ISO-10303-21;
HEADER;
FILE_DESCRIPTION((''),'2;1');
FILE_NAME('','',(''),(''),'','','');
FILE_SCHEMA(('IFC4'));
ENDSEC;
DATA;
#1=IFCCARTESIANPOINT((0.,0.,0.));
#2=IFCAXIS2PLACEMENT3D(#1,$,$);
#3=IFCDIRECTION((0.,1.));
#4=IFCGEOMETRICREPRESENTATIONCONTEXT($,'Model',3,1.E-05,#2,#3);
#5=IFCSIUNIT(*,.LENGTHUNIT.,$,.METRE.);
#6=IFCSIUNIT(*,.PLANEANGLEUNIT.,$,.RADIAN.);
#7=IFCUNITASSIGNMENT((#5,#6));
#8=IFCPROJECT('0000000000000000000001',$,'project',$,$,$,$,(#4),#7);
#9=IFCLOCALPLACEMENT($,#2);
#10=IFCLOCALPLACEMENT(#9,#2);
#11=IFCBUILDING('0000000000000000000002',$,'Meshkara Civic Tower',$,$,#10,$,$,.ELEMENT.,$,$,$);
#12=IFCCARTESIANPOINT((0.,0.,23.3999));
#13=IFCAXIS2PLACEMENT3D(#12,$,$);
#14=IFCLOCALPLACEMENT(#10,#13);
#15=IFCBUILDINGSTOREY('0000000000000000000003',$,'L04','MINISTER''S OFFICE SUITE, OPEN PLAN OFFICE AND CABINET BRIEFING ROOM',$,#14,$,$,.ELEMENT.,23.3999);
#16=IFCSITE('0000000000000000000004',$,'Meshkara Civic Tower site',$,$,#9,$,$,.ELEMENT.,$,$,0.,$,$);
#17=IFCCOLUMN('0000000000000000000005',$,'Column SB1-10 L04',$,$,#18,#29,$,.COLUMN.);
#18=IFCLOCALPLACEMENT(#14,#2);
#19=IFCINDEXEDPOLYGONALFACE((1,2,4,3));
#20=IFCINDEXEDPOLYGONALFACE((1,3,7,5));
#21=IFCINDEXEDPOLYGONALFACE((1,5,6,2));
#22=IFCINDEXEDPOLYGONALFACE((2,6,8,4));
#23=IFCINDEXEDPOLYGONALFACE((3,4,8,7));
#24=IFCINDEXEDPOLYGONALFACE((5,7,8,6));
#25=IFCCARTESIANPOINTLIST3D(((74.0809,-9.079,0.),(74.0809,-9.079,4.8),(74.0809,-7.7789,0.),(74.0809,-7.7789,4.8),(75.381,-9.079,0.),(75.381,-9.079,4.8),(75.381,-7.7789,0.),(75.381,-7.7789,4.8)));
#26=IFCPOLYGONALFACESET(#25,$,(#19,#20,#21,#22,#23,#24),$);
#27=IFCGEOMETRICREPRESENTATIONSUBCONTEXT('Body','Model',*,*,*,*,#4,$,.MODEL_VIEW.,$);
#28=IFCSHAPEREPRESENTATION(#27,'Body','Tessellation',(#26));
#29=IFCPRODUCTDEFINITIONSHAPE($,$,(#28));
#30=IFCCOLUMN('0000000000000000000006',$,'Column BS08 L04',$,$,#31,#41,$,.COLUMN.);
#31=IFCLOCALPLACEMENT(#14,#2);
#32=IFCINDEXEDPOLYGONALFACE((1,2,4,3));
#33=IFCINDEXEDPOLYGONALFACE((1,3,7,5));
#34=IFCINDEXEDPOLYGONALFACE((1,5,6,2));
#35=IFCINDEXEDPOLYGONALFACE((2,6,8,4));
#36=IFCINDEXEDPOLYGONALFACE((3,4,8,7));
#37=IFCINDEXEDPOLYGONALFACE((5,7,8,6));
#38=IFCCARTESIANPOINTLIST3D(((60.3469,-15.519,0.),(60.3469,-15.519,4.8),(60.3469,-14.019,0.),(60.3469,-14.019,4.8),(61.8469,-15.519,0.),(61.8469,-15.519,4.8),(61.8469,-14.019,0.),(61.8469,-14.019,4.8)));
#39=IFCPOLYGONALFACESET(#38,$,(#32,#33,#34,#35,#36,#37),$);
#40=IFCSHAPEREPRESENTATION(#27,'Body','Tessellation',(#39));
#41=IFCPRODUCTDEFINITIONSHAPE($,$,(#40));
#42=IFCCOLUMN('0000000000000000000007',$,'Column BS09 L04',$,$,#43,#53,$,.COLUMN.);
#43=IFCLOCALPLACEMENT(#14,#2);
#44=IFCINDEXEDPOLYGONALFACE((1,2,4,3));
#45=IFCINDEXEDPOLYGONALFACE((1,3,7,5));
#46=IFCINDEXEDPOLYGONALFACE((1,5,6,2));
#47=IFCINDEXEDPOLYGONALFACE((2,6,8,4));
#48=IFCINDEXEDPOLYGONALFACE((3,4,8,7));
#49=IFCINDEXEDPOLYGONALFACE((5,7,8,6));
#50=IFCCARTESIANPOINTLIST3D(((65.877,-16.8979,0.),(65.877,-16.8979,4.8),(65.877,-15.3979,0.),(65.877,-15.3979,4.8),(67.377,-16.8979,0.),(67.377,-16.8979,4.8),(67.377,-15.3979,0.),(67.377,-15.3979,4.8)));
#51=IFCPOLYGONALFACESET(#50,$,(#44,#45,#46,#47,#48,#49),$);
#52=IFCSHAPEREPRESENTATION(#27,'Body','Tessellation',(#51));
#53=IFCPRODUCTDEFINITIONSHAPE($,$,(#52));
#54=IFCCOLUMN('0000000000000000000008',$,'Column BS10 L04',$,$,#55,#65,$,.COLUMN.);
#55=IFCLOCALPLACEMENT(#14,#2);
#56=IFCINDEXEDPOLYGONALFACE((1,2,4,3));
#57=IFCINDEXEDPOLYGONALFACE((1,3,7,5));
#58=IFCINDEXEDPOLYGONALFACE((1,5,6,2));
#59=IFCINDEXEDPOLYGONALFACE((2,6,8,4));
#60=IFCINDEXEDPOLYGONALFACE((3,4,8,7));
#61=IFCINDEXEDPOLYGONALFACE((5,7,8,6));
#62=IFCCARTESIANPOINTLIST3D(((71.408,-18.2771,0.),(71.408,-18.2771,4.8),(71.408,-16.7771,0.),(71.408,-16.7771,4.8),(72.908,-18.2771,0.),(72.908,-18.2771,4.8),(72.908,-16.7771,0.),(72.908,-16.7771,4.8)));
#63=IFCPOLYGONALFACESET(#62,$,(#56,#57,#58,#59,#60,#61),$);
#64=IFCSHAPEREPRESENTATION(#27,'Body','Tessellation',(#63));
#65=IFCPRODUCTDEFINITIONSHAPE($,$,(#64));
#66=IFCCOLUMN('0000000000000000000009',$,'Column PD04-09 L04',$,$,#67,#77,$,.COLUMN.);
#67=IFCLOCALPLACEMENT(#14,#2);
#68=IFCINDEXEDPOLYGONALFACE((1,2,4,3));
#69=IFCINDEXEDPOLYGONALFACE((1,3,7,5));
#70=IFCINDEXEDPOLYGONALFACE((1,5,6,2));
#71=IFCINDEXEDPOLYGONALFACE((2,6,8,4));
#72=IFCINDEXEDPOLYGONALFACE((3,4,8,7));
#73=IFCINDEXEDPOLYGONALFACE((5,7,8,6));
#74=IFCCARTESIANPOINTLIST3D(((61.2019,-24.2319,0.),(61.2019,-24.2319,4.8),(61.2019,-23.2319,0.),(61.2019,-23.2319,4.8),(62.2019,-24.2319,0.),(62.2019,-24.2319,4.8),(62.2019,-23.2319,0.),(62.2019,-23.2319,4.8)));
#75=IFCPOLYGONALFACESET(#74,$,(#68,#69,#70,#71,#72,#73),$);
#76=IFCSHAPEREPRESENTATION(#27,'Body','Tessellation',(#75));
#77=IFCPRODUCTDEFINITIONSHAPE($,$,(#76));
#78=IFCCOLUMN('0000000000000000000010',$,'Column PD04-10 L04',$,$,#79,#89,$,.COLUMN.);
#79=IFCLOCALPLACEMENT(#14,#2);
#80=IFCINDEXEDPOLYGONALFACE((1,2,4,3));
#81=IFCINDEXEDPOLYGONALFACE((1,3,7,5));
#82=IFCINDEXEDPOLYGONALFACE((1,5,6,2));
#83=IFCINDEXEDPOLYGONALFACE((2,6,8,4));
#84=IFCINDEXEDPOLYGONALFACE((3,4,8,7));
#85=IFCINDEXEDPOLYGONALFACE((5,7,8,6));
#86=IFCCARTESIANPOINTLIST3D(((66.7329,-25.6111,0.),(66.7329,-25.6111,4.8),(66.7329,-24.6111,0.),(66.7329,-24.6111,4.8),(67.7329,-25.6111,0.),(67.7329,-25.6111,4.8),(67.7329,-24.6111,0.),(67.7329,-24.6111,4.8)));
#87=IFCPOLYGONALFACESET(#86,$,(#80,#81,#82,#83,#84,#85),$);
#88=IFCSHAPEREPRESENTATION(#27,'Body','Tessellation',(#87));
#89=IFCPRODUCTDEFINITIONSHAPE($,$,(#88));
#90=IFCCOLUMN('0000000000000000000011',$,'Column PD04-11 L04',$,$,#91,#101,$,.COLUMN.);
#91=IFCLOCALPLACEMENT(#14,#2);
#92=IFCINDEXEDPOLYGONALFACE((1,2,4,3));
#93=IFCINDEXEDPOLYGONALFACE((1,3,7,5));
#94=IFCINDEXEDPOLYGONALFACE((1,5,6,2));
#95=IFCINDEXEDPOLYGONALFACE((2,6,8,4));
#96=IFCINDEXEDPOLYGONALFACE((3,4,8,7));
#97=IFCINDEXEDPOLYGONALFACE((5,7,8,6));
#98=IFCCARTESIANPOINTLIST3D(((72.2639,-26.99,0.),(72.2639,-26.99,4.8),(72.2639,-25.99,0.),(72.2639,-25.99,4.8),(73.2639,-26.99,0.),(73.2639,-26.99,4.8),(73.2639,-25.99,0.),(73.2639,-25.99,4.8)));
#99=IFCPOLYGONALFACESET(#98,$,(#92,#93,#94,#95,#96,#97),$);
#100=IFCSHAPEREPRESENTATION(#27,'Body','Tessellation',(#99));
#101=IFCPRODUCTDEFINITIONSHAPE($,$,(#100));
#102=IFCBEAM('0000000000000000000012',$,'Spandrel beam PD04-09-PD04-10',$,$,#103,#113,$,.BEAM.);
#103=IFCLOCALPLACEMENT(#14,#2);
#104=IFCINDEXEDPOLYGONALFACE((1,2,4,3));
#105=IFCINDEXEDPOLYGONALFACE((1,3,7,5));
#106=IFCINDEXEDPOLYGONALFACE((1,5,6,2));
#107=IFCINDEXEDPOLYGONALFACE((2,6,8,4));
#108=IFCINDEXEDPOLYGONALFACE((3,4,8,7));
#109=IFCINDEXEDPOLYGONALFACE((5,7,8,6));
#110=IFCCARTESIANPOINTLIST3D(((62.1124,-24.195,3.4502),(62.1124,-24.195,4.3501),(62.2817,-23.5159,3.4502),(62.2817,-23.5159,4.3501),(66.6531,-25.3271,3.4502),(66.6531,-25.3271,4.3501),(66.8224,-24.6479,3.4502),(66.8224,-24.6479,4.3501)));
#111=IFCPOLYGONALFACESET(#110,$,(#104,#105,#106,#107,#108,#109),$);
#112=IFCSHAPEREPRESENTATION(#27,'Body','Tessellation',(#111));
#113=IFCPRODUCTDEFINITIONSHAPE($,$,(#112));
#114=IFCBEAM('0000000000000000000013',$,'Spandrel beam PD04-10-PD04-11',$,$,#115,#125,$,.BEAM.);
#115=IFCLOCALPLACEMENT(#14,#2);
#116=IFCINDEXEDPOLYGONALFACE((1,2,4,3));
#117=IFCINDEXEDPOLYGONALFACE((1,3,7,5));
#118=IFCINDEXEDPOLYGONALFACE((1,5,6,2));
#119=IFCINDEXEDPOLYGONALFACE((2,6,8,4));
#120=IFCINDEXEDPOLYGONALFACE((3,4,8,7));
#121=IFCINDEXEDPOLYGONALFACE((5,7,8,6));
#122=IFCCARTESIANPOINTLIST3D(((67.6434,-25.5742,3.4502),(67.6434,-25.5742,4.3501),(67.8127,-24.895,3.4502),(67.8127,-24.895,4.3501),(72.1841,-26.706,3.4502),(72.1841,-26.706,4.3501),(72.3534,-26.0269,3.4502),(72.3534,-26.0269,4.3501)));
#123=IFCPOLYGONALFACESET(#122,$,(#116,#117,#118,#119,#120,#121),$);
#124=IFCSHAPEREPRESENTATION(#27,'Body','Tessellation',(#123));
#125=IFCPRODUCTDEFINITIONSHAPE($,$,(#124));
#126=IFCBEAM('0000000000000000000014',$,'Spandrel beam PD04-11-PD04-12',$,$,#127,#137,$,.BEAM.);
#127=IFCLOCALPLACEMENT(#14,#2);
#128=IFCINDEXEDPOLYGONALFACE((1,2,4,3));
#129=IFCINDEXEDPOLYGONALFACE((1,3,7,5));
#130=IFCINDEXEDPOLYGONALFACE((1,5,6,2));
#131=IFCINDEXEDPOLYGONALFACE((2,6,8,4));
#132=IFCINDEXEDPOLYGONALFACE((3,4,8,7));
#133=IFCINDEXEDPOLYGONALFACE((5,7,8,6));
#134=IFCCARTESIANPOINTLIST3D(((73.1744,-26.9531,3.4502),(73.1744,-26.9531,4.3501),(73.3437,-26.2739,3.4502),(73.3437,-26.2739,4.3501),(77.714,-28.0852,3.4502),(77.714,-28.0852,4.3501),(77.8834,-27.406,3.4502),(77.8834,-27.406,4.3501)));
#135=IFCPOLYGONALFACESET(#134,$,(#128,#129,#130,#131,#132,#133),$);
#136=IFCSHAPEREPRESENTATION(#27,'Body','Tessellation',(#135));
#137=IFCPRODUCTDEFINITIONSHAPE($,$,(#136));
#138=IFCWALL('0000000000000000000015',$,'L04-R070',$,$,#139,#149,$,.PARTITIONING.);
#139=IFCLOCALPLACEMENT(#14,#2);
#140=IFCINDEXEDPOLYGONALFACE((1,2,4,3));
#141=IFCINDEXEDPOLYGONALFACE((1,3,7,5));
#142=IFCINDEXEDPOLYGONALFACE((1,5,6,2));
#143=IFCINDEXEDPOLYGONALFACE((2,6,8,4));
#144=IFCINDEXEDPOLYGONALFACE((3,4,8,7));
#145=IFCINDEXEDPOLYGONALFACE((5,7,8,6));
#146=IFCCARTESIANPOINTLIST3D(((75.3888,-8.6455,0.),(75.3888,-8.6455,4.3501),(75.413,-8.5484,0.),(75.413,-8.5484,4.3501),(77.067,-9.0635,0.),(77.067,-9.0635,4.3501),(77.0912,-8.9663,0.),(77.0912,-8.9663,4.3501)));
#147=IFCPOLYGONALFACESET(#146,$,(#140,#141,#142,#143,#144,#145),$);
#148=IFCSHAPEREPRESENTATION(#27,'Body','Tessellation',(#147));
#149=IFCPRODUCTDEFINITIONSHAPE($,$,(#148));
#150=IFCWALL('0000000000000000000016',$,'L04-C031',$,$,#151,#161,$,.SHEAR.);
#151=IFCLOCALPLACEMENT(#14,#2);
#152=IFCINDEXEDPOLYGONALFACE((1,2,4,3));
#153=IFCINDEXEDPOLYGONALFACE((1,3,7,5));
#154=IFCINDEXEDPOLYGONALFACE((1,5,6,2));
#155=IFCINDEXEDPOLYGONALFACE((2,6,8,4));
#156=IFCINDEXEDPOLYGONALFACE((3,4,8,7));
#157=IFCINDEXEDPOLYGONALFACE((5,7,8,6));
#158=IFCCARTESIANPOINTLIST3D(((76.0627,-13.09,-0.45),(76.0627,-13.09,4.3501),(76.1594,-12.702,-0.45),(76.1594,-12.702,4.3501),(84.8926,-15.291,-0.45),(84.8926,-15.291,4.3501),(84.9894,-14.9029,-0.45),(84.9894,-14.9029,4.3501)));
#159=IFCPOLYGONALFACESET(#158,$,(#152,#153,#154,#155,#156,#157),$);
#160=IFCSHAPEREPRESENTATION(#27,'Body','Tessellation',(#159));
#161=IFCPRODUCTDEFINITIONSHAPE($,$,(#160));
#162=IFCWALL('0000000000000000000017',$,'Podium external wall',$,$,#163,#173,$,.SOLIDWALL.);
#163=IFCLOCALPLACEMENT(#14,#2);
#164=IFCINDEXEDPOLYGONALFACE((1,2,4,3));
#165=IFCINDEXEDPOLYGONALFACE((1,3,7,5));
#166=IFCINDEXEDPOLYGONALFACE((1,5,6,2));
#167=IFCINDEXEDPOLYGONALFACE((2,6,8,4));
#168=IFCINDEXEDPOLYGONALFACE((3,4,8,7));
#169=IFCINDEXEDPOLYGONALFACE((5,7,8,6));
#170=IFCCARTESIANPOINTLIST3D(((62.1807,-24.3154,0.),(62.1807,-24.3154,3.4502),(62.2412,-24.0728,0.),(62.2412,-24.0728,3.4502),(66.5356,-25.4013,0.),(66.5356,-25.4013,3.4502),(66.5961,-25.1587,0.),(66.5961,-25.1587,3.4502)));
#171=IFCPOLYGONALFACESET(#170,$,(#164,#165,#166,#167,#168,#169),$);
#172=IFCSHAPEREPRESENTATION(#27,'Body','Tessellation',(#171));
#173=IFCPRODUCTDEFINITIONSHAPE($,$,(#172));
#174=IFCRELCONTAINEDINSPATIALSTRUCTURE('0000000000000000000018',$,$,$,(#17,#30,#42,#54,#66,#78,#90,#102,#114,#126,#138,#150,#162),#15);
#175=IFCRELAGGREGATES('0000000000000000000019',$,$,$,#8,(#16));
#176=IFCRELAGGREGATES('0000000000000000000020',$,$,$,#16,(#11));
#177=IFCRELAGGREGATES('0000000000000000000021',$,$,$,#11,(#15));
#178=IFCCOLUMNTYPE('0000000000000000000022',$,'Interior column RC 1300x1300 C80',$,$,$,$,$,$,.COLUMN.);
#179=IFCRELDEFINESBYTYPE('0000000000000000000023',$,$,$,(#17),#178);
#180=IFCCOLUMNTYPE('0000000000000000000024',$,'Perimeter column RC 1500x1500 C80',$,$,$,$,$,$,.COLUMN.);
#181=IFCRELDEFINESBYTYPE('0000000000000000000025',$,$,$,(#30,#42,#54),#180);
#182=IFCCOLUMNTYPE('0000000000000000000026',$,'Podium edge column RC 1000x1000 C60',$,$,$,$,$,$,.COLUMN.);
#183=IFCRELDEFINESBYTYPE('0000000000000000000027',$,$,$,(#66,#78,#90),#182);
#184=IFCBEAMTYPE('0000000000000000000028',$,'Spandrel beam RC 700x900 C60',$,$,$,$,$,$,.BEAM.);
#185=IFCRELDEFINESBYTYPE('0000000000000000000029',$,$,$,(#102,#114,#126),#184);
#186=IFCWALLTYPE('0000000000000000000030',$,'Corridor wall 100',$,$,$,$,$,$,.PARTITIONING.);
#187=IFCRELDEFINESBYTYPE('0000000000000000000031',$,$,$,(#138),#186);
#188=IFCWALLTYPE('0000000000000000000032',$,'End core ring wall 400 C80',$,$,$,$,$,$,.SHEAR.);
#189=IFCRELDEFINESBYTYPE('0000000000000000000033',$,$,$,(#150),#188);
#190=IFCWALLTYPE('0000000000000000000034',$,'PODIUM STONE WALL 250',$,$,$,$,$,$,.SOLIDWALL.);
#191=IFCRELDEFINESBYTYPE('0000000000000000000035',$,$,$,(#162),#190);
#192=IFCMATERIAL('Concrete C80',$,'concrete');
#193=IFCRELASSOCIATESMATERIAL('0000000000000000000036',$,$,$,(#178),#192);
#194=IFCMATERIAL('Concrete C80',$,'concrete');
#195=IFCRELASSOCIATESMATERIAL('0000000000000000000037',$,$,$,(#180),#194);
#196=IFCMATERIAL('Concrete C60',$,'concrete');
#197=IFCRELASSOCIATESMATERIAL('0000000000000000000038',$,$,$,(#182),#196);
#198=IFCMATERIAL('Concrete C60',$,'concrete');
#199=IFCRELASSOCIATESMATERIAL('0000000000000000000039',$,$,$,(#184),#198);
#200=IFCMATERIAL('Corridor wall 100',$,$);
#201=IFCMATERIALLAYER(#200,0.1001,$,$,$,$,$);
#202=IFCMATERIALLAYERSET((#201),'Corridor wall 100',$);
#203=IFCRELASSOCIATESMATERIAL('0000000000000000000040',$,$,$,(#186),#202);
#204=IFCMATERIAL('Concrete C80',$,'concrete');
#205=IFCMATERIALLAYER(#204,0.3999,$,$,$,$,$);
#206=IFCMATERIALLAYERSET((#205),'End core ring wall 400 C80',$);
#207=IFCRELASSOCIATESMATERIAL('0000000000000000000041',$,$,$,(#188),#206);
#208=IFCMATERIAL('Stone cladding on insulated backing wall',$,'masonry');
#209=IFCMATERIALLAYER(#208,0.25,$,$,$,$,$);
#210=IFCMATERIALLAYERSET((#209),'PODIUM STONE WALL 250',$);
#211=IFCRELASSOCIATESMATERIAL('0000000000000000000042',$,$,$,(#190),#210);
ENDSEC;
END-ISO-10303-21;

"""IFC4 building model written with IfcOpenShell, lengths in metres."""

from ifc_helpers import new_model, si_unit, direction, frame, frame_2d, origin, origin_2d, place, context, subcontext, project, spatial, rectangle, extrude, material, layer, layer_set, material_profile, profile_set, type_object, element, save


model = new_model("IFC4")

# Units and contexts
model_context = context("Model", 3, precision=1e-05, world=origin(), true_north=direction((0.0, 1.0)))
body_context = subcontext(model_context, "Body", "Model", "MODEL_VIEW")
ifc_project = project(units=[si_unit("LENGTHUNIT", "METRE"), si_unit("PLANEANGLEUNIT", "RADIAN")], contexts=[model_context])

# Site, building, storey
site_placement = place(None, origin())
site = spatial("IfcSite", under=ifc_project, at=site_placement, Name="Meshkara Civic Tower site", CompositionType="ELEMENT", RefElevation=0.0)
building_placement = place(site_placement, origin())
building = spatial("IfcBuilding", under=site, at=building_placement, Name="Meshkara Civic Tower", CompositionType="ELEMENT")
storey_placement = place(building_placement, frame((0.0, 0.0, 23.3999)))
storey = spatial("IfcBuildingStorey", under=building, at=storey_placement, Name="L04", Description="MINISTER'S OFFICE SUITE, OPEN PLAN OFFICE AND CABINET BRIEFING ROOM", CompositionType="ELEMENT", Elevation=23.3999)

# Columns
ifc_material_1 = material(Name="Concrete C80", Category="concrete")
ifc_material_profile_1 = material_profile(ifc_material_1, rectangle(XDim=1.3, YDim=1.3, at=origin_2d()))
ifc_profile_set_1 = profile_set([ifc_material_profile_1], Name="Concrete C80")
column_type_1 = type_object("IfcColumnType", Name="Interior column RC 1300x1300 C80", PredefinedType="COLUMN", material=ifc_profile_set_1)
column_placement = place(storey_placement, frame((74.731, -8.429, 0.0), z_axis=(0.0, 0.0, 1.0), x_axis=(1.0, 0.0, 0.0)))
element("IfcColumn", 1, at=column_placement, inside=storey, type_object=column_type_1, Name="Column SB1-10 L04", PredefinedType="COLUMN", context=body_context, shape_type="SweptSolid", body=[
    extrude(rectangle(XDim=1.3, YDim=1.3, at=origin_2d()), origin(), (0.0, 0.0, 1.0), 4.8),
])
ifc_material_2 = material(Name="Concrete C80", Category="concrete")
ifc_material_profile_2 = material_profile(ifc_material_2, rectangle(XDim=1.5, YDim=1.5, at=origin_2d()))
ifc_profile_set_2 = profile_set([ifc_material_profile_2], Name="Concrete C80")
column_type_2 = type_object("IfcColumnType", Name="Perimeter column RC 1500x1500 C80", PredefinedType="COLUMN", material=ifc_profile_set_2)
for number, where, z_axis, x_axis, name in (
    (2, (61.0969, -14.769, 0.0), (0.0, 0.0, 1.0), (1.0, 0.0, 0.0), "Column BS08 L04"),
    (3, (66.627, -16.1479, 0.0), (0.0, 0.0, 1.0), (1.0, 0.0, 0.0), "Column BS09 L04"),
    (4, (72.158, -17.5271, 0.0), (0.0, 0.0, 1.0), (1.0, 0.0, 0.0), "Column BS10 L04"),
):
    element("IfcColumn", number, at=place(storey_placement, frame(where, z_axis=z_axis, x_axis=x_axis)), inside=storey, type_object=column_type_2, Name=name, PredefinedType="COLUMN", context=body_context, shape_type="SweptSolid", body=[
        extrude(rectangle(XDim=1.5, YDim=1.5, at=origin_2d()), origin(), (0.0, 0.0, 1.0), 4.8),
    ])
ifc_material_3 = material(Name="Concrete C60", Category="concrete")
ifc_material_profile_3 = material_profile(ifc_material_3, rectangle(XDim=1.0, YDim=1.0, at=origin_2d()))
ifc_profile_set_3 = profile_set([ifc_material_profile_3], Name="Concrete C60")
column_type_3 = type_object("IfcColumnType", Name="Podium edge column RC 1000x1000 C60", PredefinedType="COLUMN", material=ifc_profile_set_3)
for number, where, z_axis, x_axis, name in (
    (5, (61.7019, -23.7319, 0.0), (0.0, 0.0, 1.0), (1.0, 0.0, 0.0), "Column PD04-09 L04"),
    (6, (67.2329, -25.1111, 0.0), (0.0, 0.0, 1.0), (1.0, 0.0, 0.0), "Column PD04-10 L04"),
    (7, (72.7639, -26.49, 0.0), (0.0, 0.0, 1.0), (1.0, 0.0, 0.0), "Column PD04-11 L04"),
):
    element("IfcColumn", number, at=place(storey_placement, frame(where, z_axis=z_axis, x_axis=x_axis)), inside=storey, type_object=column_type_3, Name=name, PredefinedType="COLUMN", context=body_context, shape_type="SweptSolid", body=[
        extrude(rectangle(XDim=1.0, YDim=1.0, at=origin_2d()), origin(), (0.0, 0.0, 1.0), 4.8),
    ])

# Beams
ifc_material_4 = material(Name="Concrete C60", Category="concrete")
ifc_material_profile_4 = material_profile(ifc_material_4, rectangle(XDim=0.7, YDim=0.8999, at=origin_2d()))
ifc_profile_set_4 = profile_set([ifc_material_profile_4], Name="Concrete C60")
beam_type = type_object("IfcBeamType", Name="Spandrel beam RC 700x900 C60", PredefinedType="BEAM", material=ifc_profile_set_4)
for number, where, z_axis, x_axis, name in (
    (8, (62.197, -23.8555, 3.9001), (0.970299, -0.24191, 0.0), (0.24191, 0.970299, 0.0), "Spandrel beam PD04-09-PD04-10"),
    (9, (67.728, -25.2346, 3.9001), (0.970311, -0.24186, 0.0), (0.24186, 0.970311, 0.0), "Spandrel beam PD04-10-PD04-11"),
):
    element("IfcBeam", number, at=place(storey_placement, frame(where, z_axis=z_axis, x_axis=x_axis)), inside=storey, type_object=beam_type, Name=name, PredefinedType="BEAM", context=body_context, shape_type="SweptSolid", body=[
        extrude(rectangle(XDim=0.7, YDim=0.8999, at=origin_2d()), origin(), (0.0, 0.0, 1.0), 4.6797),
    ])
beam_placement = place(storey_placement, frame((73.259, -26.6135, 3.9001), z_axis=(0.970287, -0.241959, 0.0), x_axis=(0.241959, 0.970287, 0.0)))
element("IfcBeam", 10, at=beam_placement, inside=storey, type_object=beam_type, Name="Spandrel beam PD04-11-PD04-12", PredefinedType="BEAM", context=body_context, shape_type="SweptSolid", body=[
    extrude(rectangle(XDim=0.7, YDim=0.8999, at=origin_2d()), origin(), (0.0, 0.0, 1.0), 4.6787),
])

# Walls
ifc_material_5 = material(Name="Corridor wall 100")
ifc_layer_1 = layer(ifc_material_5, 0.1001)
ifc_layer_set_1 = layer_set([ifc_layer_1], Name="Corridor wall 100")
wall_type_1 = type_object("IfcWallType", Name="Corridor wall 100", PredefinedType="PARTITIONING", material=ifc_layer_set_1)
wall_1_placement = place(storey_placement, frame((75.4009, -8.5969, 0.0), z_axis=(0.0, 0.0, 1.0), x_axis=(0.970358, -0.241672, 0.0)))
element("IfcWall", 11, at=wall_1_placement, inside=storey, type_object=wall_type_1, Name="L04-R070", PredefinedType="PARTITIONING", context=body_context, shape_type="SweptSolid", body=[
    extrude(rectangle(XDim=1.7295, YDim=0.1001, at=frame_2d((0.8647, 0.0))), origin(), (0.0, 0.0, 1.0), 4.3501),
])
ifc_material_6 = material(Name="Concrete C80", Category="concrete")
ifc_layer_2 = layer(ifc_material_6, 0.3999)
ifc_layer_set_2 = layer_set([ifc_layer_2], Name="End core ring wall 400 C80")
wall_type_2 = type_object("IfcWallType", Name="End core ring wall 400 C80", PredefinedType="SHEAR", material=ifc_layer_set_2)
wall_2_placement = place(storey_placement, frame((76.1111, -12.896, -0.45), z_axis=(0.0, 0.0, 1.0), x_axis=(0.970311, -0.24186, 0.0)))
element("IfcWall", 12, at=wall_2_placement, inside=storey, type_object=wall_type_2, Name="L04-C031", PredefinedType="SHEAR", context=body_context, shape_type="SweptSolid", body=[
    extrude(rectangle(XDim=9.1001, YDim=0.3999, at=frame_2d((4.55, 0.0))), origin(), (0.0, 0.0, 1.0), 4.8),
])
ifc_material_7 = material(Name="Stone cladding on insulated backing wall", Category="masonry")
ifc_layer_3 = layer(ifc_material_7, 0.25)
ifc_layer_set_3 = layer_set([ifc_layer_3], Name="PODIUM STONE WALL 250")
wall_type_3 = type_object("IfcWallType", Name="PODIUM STONE WALL 250", PredefinedType="SOLIDWALL", material=ifc_layer_set_3)
wall_3_placement = place(storey_placement, frame((62.2109, -24.1941, 0.0), z_axis=(0.0, 0.0, 1.0), x_axis=(0.97029, -0.241947, 0.0)))
element("IfcWall", 13, at=wall_3_placement, inside=storey, type_object=wall_type_3, Name="Podium external wall", PredefinedType="SOLIDWALL", context=body_context, shape_type="SweptSolid", body=[
    extrude(rectangle(XDim=4.4883, YDim=0.25, at=frame_2d((2.2441, 0.0))), origin(), (0.0, 0.0, 1.0), 3.4502),
])

save(model, "model.ifc")
